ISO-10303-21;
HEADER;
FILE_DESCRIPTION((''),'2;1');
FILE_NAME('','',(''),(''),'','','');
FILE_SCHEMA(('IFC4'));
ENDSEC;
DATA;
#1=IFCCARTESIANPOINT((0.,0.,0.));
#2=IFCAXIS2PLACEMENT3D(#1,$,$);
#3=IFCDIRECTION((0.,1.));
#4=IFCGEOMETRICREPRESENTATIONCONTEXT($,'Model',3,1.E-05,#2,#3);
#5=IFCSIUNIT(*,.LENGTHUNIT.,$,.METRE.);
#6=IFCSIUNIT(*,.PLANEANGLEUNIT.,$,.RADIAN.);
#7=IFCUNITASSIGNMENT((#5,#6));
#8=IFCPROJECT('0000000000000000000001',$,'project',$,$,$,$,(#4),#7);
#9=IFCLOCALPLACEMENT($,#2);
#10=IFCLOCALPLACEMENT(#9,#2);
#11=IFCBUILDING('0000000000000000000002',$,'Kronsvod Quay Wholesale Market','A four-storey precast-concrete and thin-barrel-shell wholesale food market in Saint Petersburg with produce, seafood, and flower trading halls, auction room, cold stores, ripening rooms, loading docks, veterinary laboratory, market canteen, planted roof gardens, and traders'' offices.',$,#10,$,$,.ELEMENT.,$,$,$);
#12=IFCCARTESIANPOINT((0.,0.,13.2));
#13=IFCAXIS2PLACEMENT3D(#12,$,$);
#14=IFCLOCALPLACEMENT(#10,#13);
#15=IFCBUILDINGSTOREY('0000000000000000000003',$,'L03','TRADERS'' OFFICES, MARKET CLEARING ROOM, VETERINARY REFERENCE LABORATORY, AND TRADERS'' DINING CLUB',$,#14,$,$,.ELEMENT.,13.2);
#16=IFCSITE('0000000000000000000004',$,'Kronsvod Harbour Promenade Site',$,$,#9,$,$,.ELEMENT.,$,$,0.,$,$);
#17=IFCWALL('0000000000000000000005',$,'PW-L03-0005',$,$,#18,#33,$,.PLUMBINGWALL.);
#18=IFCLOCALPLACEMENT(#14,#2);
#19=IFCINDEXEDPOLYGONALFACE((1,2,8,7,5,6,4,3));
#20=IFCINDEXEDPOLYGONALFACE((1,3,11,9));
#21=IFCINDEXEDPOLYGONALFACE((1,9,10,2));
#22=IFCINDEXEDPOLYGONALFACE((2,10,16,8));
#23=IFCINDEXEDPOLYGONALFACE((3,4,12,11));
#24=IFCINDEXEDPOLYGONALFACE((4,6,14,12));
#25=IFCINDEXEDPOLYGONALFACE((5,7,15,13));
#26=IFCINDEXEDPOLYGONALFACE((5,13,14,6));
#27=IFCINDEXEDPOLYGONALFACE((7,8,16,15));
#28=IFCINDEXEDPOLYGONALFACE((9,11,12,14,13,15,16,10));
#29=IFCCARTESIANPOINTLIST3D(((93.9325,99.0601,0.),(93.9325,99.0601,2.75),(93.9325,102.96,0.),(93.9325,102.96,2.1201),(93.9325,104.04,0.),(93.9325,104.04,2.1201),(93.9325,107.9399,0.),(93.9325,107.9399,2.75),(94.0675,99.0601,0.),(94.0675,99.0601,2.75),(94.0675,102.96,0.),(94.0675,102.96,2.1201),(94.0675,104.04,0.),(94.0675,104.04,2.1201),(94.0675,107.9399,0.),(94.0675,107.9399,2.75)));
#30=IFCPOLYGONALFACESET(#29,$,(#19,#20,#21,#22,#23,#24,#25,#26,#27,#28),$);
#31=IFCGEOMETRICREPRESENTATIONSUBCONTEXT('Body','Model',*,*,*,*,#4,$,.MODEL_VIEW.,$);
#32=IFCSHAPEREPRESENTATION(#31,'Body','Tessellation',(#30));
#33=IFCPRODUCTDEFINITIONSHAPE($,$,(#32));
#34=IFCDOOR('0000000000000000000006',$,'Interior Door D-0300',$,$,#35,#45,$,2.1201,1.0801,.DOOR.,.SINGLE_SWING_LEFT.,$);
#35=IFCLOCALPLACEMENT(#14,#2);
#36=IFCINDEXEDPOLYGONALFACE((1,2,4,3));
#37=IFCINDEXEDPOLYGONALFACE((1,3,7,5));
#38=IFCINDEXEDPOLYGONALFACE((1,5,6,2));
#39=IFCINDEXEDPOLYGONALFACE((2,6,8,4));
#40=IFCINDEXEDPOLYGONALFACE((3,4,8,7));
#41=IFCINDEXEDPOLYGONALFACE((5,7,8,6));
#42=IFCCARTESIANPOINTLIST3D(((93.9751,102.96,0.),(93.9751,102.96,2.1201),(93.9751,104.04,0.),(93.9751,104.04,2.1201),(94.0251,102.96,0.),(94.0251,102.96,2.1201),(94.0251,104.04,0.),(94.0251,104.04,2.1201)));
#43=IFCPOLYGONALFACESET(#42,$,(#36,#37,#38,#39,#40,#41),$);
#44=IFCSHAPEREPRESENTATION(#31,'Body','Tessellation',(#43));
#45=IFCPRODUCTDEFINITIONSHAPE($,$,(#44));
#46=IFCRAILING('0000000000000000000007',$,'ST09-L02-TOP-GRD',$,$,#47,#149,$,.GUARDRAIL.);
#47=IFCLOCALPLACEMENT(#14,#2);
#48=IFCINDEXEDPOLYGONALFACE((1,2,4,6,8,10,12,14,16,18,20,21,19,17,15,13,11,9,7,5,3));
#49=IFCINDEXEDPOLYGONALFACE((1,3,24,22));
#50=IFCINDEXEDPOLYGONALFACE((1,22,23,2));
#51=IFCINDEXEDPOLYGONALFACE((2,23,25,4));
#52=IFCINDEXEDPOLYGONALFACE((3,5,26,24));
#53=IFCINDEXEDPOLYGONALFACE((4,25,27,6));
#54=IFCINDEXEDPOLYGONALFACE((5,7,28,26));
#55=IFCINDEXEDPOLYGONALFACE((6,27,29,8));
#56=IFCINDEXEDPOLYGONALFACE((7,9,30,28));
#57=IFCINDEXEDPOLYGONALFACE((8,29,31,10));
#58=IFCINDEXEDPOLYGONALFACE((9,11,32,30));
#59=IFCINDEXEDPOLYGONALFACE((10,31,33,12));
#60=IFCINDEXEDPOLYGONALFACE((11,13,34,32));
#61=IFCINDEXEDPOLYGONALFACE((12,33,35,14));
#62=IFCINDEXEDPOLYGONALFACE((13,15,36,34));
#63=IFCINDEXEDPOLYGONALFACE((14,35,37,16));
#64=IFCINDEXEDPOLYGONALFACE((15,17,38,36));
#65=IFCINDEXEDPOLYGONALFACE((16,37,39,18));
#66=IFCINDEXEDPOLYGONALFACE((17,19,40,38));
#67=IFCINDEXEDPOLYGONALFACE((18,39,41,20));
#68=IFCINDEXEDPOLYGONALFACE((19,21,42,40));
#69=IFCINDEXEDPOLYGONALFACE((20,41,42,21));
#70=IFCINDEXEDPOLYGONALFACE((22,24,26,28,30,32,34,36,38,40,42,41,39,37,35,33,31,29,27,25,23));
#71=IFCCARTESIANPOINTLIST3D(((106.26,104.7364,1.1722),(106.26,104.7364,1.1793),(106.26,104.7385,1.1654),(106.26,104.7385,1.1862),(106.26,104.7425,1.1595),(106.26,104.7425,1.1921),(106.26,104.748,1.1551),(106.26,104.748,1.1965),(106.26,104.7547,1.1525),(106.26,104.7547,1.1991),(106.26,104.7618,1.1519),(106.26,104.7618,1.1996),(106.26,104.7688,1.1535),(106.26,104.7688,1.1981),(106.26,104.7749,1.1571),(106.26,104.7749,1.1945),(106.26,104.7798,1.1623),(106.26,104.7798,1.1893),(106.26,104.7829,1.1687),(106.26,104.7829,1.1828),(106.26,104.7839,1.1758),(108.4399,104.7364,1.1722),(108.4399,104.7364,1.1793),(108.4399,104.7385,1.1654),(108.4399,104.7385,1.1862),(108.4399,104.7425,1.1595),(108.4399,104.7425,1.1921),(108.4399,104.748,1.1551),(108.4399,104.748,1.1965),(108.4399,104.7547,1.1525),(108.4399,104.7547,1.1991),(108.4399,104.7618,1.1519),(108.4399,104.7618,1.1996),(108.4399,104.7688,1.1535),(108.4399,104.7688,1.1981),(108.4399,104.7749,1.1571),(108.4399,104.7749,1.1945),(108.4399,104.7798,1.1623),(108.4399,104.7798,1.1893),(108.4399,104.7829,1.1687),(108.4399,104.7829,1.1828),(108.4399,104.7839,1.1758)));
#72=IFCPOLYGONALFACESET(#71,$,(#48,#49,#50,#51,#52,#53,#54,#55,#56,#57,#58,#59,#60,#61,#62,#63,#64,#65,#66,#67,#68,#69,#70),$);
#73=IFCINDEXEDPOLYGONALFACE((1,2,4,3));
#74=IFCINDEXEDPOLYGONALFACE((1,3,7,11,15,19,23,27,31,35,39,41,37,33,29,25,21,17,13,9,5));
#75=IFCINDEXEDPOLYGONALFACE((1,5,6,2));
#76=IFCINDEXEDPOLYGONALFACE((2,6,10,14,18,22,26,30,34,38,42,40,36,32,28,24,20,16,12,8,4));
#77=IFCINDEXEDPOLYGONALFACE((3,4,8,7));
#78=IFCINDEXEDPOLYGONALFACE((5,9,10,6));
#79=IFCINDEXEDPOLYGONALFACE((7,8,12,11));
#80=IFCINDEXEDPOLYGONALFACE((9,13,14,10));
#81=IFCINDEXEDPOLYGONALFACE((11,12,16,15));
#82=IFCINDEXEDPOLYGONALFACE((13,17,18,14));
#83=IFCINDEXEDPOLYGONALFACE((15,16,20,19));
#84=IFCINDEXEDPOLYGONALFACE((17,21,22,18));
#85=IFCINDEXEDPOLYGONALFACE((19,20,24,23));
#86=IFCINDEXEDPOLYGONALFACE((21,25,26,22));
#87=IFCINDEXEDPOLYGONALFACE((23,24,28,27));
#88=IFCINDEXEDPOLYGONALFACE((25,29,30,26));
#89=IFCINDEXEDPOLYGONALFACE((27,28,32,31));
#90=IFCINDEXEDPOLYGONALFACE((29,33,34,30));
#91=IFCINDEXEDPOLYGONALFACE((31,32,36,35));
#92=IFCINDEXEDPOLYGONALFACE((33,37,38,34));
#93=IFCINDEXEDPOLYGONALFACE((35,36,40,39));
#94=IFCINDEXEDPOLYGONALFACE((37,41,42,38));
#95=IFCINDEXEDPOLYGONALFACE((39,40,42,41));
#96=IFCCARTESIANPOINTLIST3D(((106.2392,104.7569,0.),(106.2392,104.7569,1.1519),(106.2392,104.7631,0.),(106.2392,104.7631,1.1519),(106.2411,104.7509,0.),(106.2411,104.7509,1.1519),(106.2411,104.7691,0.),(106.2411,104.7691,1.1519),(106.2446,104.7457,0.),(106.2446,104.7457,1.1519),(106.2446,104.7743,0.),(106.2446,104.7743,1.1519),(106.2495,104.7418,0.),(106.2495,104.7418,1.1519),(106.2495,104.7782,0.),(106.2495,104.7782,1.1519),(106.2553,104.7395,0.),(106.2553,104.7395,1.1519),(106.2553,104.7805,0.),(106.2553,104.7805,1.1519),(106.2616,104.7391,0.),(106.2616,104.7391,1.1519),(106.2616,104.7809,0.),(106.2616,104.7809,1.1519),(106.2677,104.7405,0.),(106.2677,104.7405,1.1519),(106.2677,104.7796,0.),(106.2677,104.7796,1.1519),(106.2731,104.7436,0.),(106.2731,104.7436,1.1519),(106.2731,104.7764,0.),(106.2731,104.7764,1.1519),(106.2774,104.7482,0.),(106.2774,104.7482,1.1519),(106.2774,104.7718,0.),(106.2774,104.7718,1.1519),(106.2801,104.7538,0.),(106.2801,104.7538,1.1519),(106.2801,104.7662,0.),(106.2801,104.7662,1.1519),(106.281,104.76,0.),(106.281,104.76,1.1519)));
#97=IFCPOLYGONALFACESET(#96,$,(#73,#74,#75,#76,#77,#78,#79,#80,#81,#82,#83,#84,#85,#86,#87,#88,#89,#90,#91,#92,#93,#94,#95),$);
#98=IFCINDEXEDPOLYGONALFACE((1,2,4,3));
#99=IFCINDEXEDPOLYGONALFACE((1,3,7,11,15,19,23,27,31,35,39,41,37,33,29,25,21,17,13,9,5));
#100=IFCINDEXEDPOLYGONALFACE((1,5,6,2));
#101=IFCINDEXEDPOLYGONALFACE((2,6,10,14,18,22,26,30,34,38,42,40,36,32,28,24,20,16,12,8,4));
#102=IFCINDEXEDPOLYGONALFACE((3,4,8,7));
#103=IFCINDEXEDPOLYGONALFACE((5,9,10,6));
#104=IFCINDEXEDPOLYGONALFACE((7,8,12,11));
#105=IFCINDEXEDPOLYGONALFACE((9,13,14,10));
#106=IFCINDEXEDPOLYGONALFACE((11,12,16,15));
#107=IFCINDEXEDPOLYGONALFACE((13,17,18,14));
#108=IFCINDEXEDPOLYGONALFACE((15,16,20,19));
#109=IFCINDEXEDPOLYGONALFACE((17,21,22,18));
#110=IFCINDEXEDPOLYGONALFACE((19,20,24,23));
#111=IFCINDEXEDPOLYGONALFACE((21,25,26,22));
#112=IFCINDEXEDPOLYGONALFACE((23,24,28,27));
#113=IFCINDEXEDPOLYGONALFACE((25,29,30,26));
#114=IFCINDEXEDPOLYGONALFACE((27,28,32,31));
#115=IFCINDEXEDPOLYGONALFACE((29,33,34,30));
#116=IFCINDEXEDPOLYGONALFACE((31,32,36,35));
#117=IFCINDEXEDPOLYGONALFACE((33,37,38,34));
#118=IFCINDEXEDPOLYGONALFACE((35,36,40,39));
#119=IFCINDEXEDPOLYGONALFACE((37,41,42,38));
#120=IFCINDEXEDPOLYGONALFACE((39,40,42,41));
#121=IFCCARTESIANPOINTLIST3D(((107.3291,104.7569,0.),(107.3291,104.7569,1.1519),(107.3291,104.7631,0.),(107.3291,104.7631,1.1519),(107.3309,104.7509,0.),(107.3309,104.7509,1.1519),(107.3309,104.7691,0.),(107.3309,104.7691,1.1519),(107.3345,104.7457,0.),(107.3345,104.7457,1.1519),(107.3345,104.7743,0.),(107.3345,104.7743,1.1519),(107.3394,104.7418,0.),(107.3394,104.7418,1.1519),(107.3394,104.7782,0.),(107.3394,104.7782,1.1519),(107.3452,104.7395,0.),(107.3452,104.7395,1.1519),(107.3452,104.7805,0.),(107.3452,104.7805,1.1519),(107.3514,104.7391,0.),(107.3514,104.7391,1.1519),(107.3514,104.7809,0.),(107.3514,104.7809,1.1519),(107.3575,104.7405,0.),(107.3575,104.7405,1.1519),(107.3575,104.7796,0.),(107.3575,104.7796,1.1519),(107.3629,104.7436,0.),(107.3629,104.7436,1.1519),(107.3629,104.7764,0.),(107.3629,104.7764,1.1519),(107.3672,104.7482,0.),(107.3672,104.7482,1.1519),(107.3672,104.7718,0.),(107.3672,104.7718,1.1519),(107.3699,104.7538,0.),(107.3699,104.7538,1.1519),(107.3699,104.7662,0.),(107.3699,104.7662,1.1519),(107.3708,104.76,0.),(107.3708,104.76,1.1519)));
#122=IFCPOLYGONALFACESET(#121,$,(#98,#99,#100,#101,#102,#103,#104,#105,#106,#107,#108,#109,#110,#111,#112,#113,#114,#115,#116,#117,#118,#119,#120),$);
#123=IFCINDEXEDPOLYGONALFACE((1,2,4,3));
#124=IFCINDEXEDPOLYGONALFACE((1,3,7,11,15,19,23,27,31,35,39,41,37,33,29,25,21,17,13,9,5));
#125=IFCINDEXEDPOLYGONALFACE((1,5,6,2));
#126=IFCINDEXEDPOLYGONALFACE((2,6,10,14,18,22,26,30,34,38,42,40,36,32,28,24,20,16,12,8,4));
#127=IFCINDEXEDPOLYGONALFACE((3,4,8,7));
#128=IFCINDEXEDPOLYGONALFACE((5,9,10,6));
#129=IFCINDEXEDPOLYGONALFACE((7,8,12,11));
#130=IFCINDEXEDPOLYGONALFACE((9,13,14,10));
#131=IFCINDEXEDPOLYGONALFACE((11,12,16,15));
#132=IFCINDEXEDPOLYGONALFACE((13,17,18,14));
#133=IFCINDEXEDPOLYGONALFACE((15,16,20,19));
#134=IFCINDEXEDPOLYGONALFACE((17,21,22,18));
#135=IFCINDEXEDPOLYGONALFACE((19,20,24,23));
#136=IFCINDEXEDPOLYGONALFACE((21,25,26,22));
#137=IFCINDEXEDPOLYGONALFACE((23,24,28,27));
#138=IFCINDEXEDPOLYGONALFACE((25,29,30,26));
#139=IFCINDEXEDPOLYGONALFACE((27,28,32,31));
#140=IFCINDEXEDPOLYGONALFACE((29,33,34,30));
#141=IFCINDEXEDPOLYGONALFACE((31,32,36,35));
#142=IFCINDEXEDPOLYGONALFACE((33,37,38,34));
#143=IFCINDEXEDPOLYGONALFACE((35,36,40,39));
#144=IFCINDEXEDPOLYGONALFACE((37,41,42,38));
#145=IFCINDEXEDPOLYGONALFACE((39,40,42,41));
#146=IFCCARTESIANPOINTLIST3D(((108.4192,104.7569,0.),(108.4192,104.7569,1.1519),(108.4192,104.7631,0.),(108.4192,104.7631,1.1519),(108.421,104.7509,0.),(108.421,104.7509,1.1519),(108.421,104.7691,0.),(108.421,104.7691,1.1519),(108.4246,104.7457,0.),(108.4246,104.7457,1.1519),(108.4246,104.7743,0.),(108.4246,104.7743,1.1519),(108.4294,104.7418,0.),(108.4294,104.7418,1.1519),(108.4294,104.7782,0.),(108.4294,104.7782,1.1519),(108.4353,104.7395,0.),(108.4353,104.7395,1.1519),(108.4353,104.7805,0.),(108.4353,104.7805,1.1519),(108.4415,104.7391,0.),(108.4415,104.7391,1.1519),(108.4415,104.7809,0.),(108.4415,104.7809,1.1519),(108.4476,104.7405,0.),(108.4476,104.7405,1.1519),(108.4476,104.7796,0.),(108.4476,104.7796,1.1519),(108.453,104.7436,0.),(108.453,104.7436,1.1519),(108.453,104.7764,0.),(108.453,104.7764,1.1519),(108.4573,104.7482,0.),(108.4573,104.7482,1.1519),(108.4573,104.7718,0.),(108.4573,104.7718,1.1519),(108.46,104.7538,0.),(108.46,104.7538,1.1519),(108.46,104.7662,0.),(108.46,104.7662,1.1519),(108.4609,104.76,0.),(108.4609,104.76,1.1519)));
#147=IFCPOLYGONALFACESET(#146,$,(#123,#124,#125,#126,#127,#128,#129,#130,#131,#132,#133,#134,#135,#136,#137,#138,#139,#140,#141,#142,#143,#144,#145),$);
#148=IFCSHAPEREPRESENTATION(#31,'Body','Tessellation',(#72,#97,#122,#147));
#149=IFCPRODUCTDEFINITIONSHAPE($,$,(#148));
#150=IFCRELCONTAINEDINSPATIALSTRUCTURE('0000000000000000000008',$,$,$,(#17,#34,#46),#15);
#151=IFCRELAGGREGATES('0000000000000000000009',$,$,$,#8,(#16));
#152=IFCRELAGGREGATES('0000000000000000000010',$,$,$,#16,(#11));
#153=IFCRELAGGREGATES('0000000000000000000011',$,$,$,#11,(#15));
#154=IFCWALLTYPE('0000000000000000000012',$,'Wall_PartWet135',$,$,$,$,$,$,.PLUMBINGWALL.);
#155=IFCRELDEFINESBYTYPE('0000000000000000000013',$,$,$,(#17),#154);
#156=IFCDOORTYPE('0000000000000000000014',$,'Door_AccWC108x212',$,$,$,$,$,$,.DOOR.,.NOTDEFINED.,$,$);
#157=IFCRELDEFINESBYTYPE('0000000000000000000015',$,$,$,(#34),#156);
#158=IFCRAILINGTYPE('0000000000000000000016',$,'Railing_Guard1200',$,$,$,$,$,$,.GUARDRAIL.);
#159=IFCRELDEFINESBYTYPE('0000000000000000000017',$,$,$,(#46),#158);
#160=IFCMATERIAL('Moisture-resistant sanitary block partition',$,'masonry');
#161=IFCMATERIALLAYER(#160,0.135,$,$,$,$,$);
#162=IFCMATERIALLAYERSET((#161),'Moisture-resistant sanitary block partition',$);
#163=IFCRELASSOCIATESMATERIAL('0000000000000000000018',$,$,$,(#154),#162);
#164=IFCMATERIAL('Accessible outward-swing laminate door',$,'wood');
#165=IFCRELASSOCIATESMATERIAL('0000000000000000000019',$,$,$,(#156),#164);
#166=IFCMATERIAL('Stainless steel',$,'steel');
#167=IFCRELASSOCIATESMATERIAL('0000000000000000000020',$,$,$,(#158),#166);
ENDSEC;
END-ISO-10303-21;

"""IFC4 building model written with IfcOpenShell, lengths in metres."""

from ifc_helpers import new_model, si_unit, direction, frame, frame_2d, origin, origin_2d, place, context, subcontext, project, spatial, rectangle, circle, extrude, material, layer, layer_set, type_object, element, fill, save


model = new_model("IFC4")

# Units and contexts
model_context = context("Model", 3, precision=1e-05, world=origin(), true_north=direction((0.0, 1.0)))
body_context = subcontext(model_context, "Body", "Model", "MODEL_VIEW")
ifc_project = project(units=[si_unit("LENGTHUNIT", "METRE"), si_unit("PLANEANGLEUNIT", "RADIAN")], contexts=[model_context])

# Site, building, storey
site_placement = place(None, origin())
site = spatial("IfcSite", under=ifc_project, at=site_placement, Name="Kronsvod Harbour Promenade Site", CompositionType="ELEMENT", RefElevation=0.0)
building_placement = place(site_placement, origin())
building = spatial("IfcBuilding", under=site, at=building_placement, Name="Kronsvod Quay Wholesale Market", Description="A four-storey precast-concrete and thin-barrel-shell wholesale food market in Saint Petersburg with produce, seafood, and flower trading halls, auction room, cold stores, ripening rooms, loading docks, veterinary laboratory, market canteen, planted roof gardens, and traders' offices.", CompositionType="ELEMENT")
storey_placement = place(building_placement, frame((0.0, 0.0, 13.2)))
storey = spatial("IfcBuildingStorey", under=building, at=storey_placement, Name="L03", Description="TRADERS' OFFICES, MARKET CLEARING ROOM, VETERINARY REFERENCE LABORATORY, AND TRADERS' DINING CLUB", CompositionType="ELEMENT", Elevation=13.2)

# Wall, opening, door
ifc_material_1 = material(Name="Moisture-resistant sanitary block partition", Category="masonry")
ifc_layer_1 = layer(ifc_material_1, 0.135)
ifc_layer_set_1 = layer_set([ifc_layer_1], Name="Moisture-resistant sanitary block partition")
wall_type_1 = type_object("IfcWallType", Name="Wall_PartWet135", PredefinedType="PLUMBINGWALL", material=ifc_layer_set_1)
wall_1_placement = place(storey_placement, frame((94.0, 99.0601, 0.0), z_axis=(0.0, 0.0, 1.0), x_axis=(0.0, 1.0, 0.0)))
wall_1 = element("IfcWall", 1, at=wall_1_placement, inside=storey, type_object=wall_type_1, Name="PW-L03-0005", PredefinedType="PLUMBINGWALL", context=body_context, shape_type="SweptSolid", body=[
    extrude(rectangle(XDim=8.8799, YDim=0.135, at=frame_2d((4.4399, 0.0))), origin(), (0.0, 0.0, 1.0), 2.75),
])
opening_1_placement = place(wall_1_placement, frame((3.8999, 0.0, 0.0)))
opening_1 = element("IfcOpeningElement", 2, at=opening_1_placement, cuts=wall_1, PredefinedType="OPENING", context=body_context, shape_type="SweptSolid", body=[
    extrude(rectangle(XDim=1.0801, YDim=2.1201, at=frame_2d((0.54, 1.0601))), frame((0.0, 0.0776, 0.0), z_axis=(0.0, -1.0, 0.0), x_axis=(1.0, 0.0, 0.0)), (0.0, 0.0, 1.0), 0.155),
])
ifc_material_2 = material(Name="Accessible outward-swing laminate door", Category="wood")
door_type_1 = type_object("IfcDoorType", Name="Door_AccWC108x212", OperationType="NOTDEFINED", PredefinedType="DOOR", material=ifc_material_2)
door_1_placement = place(opening_1_placement, origin())
door_1 = element("IfcDoor", 3, at=door_1_placement, inside=storey, type_object=door_type_1, Name="Interior Door D-0300", OperationType="SINGLE_SWING_LEFT", OverallHeight=2.1201, OverallWidth=1.0801, PredefinedType="DOOR", context=body_context, shape_type="SweptSolid", body=[
    extrude(rectangle(XDim=1.0801, YDim=2.1201, at=frame_2d((0.54, 1.0601))), frame((0.0, 0.0249, 0.0), z_axis=(0.0, -1.0, 0.0), x_axis=(1.0, 0.0, 0.0)), (0.0, 0.0, 1.0), 0.05),
])
fill(opening_1, door_1)

# Railing
ifc_material_3 = material(Name="Stainless steel", Category="steel")
railing_type = type_object("IfcRailingType", Name="Railing_Guard1200", PredefinedType="GUARDRAIL", material=ifc_material_3)
railing_placement = place(storey_placement, frame((106.26, 104.76, 0.0)))
element("IfcRailing", 4, at=railing_placement, inside=storey, type_object=railing_type, Name="ST09-L02-TOP-GRD", PredefinedType="GUARDRAIL", context=body_context, shape_type="SweptSolid", body=[
    extrude(circle(Radius=0.0239, at=origin_2d()), frame((0.0, 0.0, 1.1758), z_axis=(1.0, 0.0, 0.0), x_axis=(0.0, 1.0, 0.0)), (0.0, 0.0, 1.0), 2.1799),
    extrude(circle(Radius=0.021, at=origin_2d()), origin(), (0.0, 0.0, 1.0), 1.1519),
    extrude(circle(Radius=0.021, at=origin_2d()), frame((1.0898, 0.0, 0.0)), (0.0, 0.0, 1.0), 1.1519),
    extrude(circle(Radius=0.021, at=origin_2d()), frame((2.1799, 0.0, 0.0)), (0.0, 0.0, 1.0), 1.1519),
])

save(model, "model.ifc")
